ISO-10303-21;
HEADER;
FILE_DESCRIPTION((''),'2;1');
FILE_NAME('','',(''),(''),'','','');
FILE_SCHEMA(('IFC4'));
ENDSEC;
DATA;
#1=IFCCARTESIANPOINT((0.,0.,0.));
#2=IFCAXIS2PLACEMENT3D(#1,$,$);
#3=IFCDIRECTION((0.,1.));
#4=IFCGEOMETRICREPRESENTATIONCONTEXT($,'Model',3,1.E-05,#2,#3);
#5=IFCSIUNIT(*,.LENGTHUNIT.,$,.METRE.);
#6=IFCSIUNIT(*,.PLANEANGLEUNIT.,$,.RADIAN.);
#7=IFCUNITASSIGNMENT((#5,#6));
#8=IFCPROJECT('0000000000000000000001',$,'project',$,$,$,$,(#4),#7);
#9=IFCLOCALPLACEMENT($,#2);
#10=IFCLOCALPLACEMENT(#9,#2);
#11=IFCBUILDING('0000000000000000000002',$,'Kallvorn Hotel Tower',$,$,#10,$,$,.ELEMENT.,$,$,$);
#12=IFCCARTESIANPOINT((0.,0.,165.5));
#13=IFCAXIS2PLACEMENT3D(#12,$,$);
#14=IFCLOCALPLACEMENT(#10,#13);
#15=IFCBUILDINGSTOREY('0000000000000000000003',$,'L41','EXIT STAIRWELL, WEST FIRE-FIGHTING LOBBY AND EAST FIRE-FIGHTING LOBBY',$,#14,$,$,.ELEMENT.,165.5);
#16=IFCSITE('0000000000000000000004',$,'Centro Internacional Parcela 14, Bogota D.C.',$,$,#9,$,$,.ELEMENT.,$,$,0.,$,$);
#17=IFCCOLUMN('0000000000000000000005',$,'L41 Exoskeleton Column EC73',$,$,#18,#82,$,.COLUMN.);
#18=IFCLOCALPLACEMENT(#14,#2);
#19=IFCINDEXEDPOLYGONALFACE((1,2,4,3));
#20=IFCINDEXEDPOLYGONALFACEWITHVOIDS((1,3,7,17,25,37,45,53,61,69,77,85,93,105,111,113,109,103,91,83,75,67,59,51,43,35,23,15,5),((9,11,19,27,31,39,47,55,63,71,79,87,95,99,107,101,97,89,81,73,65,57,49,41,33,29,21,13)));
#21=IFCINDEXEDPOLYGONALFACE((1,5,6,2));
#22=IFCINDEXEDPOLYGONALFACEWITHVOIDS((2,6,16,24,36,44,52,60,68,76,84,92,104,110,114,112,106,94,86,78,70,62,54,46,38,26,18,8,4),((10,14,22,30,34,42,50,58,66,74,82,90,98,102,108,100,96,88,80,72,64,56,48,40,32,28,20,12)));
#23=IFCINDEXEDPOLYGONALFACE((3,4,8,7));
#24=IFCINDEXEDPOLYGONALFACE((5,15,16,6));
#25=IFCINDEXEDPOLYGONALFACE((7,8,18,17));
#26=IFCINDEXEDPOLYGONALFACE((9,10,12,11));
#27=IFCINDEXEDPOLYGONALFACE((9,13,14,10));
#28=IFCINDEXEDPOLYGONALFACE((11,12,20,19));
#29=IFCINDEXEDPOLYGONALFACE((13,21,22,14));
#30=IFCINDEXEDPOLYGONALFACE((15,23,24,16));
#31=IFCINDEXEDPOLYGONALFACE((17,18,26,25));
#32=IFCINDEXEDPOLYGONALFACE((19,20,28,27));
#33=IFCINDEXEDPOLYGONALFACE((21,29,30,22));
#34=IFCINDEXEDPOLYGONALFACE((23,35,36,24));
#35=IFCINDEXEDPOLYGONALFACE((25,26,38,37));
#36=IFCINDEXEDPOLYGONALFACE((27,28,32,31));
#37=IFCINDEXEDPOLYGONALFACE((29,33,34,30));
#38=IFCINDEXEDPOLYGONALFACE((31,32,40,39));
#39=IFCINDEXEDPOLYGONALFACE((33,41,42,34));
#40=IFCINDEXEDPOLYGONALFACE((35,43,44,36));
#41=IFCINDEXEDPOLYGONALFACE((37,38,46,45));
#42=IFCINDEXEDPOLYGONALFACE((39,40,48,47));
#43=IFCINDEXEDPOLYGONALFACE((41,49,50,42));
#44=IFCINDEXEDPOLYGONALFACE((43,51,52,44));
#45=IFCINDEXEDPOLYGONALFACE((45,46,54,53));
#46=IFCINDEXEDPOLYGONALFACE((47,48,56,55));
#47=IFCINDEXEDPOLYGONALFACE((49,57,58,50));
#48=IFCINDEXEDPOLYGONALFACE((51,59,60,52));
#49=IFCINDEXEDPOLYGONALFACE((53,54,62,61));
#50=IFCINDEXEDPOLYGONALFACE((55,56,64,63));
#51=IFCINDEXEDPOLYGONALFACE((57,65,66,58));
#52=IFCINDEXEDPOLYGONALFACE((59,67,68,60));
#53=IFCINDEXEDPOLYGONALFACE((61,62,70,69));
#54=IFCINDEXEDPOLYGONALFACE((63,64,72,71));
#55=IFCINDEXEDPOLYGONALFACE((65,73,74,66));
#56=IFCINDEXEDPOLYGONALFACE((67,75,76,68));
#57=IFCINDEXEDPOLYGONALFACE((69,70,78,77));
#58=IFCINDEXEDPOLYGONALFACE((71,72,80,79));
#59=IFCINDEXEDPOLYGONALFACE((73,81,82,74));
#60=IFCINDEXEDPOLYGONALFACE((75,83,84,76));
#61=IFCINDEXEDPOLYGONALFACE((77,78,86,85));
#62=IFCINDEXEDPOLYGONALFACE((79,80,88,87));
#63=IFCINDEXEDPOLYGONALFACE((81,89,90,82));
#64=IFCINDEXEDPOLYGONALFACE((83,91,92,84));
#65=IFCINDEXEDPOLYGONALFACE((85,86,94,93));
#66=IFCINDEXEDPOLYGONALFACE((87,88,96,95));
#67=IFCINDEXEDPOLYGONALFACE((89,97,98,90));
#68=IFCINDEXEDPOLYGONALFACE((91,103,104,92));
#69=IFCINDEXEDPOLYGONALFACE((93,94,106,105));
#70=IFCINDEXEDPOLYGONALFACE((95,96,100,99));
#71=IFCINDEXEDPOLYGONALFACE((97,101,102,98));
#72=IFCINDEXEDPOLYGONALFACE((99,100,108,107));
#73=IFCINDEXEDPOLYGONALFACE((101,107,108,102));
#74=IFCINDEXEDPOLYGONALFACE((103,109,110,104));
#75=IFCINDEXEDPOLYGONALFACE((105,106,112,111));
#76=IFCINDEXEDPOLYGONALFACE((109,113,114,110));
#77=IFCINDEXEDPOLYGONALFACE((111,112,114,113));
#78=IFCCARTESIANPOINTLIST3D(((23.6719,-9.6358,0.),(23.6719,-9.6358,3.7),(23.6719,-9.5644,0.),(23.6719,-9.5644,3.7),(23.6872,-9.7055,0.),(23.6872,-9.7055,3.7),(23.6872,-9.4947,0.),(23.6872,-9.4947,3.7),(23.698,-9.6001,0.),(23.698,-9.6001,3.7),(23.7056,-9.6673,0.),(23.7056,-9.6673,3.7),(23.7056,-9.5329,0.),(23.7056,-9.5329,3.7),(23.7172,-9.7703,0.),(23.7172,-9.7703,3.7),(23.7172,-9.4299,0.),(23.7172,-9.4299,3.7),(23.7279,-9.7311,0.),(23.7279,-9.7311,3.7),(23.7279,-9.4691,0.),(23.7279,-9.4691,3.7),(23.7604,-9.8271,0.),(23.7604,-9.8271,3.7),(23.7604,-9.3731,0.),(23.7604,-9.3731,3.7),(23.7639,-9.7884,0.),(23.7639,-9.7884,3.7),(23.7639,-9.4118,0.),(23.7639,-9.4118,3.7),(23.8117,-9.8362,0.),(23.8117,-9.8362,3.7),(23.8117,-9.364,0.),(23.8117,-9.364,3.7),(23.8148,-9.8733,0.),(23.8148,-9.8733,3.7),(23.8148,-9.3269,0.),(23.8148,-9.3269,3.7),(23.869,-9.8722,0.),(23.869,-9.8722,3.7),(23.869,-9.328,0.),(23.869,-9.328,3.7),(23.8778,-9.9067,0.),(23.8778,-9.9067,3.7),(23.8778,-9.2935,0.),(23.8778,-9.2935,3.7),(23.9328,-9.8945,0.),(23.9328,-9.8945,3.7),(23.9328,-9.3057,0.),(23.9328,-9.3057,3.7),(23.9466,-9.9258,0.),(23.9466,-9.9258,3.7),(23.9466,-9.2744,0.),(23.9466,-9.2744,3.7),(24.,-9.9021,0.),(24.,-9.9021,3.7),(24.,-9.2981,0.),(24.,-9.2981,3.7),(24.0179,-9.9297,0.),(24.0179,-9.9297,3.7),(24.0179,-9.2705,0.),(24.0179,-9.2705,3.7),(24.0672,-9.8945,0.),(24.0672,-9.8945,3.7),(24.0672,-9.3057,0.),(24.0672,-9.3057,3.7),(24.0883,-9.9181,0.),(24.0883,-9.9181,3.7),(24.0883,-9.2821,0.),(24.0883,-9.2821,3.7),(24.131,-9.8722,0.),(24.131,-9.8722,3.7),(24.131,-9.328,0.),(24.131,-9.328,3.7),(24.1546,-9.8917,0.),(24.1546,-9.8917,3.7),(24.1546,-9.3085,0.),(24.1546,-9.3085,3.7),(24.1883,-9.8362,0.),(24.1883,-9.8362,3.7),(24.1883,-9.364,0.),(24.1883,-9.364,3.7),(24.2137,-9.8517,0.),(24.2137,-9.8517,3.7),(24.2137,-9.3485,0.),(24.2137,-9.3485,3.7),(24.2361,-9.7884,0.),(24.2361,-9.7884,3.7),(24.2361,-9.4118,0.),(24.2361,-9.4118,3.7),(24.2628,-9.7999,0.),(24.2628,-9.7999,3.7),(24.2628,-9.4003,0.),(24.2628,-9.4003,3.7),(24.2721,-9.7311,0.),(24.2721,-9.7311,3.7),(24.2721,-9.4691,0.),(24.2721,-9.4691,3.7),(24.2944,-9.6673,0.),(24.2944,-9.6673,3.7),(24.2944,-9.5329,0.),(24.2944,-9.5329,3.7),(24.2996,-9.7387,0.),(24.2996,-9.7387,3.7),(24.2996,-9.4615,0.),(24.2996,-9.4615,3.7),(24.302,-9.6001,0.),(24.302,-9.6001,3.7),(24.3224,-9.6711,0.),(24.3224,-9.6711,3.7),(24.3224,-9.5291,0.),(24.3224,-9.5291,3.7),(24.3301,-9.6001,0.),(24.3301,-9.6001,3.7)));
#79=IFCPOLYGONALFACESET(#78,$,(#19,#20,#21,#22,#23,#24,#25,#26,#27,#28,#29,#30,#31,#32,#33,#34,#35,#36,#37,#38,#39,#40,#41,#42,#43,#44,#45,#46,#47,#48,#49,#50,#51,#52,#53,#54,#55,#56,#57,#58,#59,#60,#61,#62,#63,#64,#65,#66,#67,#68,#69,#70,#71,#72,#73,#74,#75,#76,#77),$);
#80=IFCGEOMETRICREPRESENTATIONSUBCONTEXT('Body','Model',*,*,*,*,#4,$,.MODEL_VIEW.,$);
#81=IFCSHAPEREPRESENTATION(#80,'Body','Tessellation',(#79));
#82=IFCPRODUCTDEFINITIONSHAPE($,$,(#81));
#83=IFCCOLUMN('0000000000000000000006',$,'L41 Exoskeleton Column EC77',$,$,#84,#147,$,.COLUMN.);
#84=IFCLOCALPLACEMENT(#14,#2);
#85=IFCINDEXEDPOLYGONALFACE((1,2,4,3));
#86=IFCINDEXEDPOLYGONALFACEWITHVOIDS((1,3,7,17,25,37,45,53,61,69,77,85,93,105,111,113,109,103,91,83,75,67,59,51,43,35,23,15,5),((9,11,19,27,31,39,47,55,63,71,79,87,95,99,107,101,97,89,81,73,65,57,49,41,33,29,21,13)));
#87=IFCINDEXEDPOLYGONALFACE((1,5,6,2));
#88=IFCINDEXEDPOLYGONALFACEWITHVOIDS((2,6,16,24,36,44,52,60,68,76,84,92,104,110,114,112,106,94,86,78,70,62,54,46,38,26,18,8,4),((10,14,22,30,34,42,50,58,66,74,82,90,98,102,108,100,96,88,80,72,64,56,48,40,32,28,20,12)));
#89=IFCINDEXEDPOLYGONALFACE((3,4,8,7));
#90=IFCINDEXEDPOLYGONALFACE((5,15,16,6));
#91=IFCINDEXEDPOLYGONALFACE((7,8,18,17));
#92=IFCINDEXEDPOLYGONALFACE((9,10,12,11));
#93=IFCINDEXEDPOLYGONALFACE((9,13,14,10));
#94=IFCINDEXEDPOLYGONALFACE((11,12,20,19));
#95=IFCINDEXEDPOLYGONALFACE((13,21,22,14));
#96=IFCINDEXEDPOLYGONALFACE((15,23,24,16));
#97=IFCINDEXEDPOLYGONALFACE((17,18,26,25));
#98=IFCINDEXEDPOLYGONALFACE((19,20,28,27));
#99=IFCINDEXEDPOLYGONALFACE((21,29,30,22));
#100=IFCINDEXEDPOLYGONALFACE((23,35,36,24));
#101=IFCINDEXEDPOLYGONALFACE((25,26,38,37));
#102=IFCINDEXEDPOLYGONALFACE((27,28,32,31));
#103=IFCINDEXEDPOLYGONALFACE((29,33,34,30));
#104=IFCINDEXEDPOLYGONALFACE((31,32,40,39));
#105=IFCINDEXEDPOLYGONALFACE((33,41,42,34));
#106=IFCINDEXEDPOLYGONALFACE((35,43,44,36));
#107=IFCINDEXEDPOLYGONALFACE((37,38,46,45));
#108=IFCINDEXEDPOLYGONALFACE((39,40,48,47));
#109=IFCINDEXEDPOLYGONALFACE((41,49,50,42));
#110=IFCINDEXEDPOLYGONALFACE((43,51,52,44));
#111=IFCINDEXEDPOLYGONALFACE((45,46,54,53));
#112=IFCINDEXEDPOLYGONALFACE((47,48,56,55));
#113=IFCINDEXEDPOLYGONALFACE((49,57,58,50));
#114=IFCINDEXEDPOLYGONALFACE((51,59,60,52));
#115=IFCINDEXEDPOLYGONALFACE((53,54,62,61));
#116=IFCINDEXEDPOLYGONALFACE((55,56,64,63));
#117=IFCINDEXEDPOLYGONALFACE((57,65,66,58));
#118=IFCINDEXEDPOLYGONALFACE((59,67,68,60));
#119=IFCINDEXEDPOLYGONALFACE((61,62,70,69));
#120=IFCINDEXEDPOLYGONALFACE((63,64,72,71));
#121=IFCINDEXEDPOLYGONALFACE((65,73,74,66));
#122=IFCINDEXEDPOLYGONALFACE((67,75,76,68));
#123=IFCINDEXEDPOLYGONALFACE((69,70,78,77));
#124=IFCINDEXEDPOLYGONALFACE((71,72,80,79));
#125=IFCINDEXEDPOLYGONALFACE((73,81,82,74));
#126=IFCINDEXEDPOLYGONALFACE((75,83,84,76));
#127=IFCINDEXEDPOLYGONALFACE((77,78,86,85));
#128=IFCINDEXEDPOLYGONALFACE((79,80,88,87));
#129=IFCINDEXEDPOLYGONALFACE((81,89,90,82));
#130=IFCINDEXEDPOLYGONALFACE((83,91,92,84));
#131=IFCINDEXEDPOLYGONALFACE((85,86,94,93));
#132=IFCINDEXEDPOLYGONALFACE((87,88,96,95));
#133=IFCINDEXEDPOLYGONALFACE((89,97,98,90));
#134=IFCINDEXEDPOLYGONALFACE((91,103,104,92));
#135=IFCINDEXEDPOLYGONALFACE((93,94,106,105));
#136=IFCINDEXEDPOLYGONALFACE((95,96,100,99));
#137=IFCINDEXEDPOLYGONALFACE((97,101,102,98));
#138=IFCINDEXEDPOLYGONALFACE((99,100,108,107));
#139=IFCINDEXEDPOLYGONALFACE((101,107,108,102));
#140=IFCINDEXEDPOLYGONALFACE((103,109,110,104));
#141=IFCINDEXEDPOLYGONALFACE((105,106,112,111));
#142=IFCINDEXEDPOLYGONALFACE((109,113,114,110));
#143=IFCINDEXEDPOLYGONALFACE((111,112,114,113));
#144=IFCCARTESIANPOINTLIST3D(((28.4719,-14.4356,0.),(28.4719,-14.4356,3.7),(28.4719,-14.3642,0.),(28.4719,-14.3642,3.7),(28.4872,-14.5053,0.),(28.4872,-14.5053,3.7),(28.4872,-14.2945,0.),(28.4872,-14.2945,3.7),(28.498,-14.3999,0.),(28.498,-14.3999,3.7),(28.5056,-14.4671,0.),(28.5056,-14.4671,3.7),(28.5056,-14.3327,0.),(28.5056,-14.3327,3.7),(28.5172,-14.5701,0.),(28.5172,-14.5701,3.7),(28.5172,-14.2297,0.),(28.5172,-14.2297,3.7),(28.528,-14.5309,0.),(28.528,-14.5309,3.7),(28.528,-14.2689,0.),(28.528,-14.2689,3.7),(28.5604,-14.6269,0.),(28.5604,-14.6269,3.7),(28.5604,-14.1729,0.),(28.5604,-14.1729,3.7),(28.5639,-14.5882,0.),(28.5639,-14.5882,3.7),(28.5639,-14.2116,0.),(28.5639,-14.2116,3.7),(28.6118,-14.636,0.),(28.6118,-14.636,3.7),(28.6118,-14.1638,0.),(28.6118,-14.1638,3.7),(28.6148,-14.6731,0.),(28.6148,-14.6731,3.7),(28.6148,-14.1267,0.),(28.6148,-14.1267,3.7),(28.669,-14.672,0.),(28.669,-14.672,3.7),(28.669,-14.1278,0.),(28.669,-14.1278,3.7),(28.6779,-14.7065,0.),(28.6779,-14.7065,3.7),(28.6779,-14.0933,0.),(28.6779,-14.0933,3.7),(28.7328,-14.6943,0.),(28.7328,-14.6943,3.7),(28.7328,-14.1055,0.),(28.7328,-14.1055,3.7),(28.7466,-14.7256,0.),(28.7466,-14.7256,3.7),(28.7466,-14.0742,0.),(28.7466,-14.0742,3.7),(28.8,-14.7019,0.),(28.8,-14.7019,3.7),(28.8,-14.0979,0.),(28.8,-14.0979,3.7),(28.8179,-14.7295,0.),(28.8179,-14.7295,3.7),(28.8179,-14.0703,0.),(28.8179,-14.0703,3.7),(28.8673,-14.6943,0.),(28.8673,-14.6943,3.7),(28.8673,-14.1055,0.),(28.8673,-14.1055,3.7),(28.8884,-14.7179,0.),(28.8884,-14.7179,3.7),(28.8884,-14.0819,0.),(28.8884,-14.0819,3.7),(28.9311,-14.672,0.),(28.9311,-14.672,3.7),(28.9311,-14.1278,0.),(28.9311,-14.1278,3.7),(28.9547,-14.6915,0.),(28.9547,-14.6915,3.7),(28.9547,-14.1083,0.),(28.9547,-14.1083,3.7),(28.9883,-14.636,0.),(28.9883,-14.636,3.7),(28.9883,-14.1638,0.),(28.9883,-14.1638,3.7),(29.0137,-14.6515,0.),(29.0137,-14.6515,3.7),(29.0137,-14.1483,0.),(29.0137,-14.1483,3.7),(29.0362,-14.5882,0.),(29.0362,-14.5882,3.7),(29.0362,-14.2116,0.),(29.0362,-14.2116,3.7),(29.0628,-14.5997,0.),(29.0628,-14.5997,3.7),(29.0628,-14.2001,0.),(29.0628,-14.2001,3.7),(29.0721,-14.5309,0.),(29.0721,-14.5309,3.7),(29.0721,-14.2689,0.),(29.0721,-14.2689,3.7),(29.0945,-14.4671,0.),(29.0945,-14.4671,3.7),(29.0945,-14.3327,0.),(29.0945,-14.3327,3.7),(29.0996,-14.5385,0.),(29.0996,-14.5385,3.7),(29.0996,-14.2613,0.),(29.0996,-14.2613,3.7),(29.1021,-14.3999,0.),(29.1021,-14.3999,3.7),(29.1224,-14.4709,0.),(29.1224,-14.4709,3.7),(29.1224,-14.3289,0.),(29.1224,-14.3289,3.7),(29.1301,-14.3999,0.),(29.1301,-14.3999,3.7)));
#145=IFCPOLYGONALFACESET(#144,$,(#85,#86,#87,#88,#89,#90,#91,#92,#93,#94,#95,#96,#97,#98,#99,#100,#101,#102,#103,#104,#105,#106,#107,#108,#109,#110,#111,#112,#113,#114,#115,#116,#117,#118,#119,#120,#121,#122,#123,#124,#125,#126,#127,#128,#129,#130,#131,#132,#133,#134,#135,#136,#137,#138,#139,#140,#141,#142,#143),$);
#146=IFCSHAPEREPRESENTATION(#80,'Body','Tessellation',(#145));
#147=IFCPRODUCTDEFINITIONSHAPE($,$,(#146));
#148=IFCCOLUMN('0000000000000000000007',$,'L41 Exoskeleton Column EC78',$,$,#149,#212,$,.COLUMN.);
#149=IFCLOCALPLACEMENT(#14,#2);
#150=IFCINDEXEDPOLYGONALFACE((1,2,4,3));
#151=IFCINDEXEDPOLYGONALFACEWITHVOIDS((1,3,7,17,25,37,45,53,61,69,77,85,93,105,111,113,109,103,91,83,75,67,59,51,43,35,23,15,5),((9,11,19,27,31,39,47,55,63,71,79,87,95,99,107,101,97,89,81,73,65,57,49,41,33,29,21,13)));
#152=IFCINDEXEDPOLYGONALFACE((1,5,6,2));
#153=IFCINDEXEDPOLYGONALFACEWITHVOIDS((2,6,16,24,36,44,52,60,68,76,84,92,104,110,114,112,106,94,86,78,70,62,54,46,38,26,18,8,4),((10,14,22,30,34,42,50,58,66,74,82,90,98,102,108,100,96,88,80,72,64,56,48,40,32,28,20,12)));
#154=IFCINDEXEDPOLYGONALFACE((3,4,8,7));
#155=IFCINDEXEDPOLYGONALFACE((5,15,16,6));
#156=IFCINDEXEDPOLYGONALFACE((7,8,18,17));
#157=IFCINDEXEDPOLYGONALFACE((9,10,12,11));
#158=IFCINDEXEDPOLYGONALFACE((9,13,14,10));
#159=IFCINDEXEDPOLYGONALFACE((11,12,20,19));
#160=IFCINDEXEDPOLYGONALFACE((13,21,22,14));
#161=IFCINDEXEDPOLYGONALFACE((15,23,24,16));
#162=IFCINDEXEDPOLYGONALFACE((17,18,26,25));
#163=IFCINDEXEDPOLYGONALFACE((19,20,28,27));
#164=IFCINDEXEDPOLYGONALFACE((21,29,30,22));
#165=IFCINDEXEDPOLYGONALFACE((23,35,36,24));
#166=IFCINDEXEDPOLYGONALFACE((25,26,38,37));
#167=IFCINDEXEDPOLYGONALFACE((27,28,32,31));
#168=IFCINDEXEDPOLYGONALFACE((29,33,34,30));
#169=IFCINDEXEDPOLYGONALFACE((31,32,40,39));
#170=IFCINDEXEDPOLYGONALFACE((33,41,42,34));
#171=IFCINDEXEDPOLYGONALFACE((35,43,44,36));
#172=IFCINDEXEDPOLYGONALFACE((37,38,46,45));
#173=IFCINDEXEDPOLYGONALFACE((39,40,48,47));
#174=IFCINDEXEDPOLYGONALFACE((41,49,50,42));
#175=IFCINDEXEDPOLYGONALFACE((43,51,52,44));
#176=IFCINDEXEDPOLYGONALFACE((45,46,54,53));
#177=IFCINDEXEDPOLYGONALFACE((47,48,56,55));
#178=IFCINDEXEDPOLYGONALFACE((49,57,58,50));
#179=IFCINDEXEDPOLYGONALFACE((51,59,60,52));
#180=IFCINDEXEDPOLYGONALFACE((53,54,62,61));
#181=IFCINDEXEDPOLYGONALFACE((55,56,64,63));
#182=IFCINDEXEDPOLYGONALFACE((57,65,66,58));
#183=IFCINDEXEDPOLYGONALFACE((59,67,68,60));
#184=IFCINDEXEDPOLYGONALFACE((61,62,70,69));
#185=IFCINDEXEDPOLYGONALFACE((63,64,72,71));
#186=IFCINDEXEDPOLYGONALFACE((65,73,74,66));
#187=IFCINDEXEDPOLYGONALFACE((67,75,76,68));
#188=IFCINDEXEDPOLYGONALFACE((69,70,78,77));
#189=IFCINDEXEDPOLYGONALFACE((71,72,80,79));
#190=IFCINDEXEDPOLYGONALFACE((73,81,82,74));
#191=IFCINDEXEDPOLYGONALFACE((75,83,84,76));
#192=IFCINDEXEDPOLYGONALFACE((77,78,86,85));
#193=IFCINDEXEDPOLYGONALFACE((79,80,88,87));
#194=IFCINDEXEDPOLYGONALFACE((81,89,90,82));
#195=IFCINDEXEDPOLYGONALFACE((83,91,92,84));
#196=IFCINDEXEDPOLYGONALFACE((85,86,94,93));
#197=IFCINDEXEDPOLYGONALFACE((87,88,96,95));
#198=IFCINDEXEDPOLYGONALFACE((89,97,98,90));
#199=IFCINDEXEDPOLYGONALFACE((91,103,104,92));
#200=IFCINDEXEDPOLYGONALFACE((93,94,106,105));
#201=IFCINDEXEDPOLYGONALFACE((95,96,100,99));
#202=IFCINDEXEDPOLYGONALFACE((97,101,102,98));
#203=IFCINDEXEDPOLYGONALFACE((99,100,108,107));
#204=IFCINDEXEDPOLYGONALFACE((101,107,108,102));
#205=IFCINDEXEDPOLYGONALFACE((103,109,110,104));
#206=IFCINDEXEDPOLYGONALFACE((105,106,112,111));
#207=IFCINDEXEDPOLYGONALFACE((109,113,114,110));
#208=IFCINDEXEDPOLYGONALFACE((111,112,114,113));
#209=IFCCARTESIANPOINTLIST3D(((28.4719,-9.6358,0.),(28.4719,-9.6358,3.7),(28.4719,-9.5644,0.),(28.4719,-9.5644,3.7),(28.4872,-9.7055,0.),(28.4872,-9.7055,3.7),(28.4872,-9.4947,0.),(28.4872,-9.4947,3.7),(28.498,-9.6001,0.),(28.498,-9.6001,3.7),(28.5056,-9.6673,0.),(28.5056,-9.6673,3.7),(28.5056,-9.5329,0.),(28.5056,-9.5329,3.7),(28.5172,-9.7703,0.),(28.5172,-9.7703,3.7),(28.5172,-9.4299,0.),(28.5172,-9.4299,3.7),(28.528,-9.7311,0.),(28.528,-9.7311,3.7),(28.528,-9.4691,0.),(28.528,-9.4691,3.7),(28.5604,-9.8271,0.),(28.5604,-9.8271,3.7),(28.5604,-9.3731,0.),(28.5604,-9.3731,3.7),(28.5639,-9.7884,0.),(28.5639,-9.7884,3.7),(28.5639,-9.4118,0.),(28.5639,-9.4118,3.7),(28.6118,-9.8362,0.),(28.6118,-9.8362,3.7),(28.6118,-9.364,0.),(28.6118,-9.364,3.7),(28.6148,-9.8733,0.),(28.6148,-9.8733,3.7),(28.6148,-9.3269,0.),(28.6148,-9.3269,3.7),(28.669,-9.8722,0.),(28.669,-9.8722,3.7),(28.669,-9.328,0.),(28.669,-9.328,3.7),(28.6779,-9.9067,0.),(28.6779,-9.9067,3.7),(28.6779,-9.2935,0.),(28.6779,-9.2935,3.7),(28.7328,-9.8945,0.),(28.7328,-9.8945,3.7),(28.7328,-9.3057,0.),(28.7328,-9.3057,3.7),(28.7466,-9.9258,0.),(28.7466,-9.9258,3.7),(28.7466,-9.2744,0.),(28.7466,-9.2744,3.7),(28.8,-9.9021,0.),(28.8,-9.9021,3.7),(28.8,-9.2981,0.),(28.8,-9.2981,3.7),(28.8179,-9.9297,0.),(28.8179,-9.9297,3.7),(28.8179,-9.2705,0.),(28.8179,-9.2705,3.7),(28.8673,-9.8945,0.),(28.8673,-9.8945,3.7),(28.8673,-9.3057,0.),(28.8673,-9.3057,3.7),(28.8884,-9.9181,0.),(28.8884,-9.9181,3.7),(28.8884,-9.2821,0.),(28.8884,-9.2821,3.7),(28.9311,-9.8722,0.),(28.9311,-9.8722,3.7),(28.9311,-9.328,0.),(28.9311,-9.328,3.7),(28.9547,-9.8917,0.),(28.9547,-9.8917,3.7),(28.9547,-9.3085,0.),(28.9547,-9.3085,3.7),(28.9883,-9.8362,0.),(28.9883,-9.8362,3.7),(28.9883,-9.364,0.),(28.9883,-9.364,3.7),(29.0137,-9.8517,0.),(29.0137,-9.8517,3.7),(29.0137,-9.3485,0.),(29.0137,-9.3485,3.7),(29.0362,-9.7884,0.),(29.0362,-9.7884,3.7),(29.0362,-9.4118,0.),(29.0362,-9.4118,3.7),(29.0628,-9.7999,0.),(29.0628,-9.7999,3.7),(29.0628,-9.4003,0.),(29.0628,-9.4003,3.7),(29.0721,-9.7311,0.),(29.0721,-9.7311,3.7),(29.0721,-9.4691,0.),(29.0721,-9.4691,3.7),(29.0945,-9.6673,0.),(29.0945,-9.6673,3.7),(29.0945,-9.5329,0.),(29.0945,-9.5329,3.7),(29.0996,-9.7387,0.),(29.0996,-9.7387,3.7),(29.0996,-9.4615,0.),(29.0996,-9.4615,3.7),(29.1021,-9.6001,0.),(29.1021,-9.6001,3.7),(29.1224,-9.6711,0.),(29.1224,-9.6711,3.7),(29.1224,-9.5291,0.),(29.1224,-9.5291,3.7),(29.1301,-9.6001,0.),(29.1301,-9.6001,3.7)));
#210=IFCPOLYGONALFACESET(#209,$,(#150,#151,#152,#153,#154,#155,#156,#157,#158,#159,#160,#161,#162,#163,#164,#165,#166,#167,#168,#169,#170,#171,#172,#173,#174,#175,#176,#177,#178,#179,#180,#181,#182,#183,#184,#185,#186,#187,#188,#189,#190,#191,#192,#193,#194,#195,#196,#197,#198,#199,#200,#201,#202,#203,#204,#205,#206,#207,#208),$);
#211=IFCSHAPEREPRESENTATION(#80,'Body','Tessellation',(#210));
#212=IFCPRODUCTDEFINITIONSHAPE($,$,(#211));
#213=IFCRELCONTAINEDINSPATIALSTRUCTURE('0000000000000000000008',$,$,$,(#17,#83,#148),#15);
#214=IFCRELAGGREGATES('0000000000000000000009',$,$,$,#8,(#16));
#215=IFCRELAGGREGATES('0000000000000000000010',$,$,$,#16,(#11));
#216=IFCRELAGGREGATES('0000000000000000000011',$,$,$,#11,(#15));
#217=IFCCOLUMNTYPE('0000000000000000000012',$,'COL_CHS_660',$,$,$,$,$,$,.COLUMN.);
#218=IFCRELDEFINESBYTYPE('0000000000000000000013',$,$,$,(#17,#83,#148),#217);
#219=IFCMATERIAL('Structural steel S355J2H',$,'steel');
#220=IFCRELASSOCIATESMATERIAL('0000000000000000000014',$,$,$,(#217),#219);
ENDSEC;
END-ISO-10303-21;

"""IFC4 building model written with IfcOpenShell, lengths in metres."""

from ifc_helpers import new_model, si_unit, direction, frame, origin, origin_2d, place, context, subcontext, project, spatial, hollow_circle, extrude, material, material_profile, profile_set, type_object, element, save


model = new_model("IFC4")

# Units and contexts
model_context = context("Model", 3, precision=1e-05, world=origin(), true_north=direction((0.0, 1.0)))
body_context = subcontext(model_context, "Body", "Model", "MODEL_VIEW")
ifc_project = project(units=[si_unit("LENGTHUNIT", "METRE"), si_unit("PLANEANGLEUNIT", "RADIAN")], contexts=[model_context])

# Site, building, storey
site_placement = place(None, origin())
site = spatial("IfcSite", under=ifc_project, at=site_placement, Name="Centro Internacional Parcela 14, Bogota D.C.", CompositionType="ELEMENT", RefElevation=0.0)
building_placement = place(site_placement, origin())
building = spatial("IfcBuilding", under=site, at=building_placement, Name="Kallvorn Hotel Tower", CompositionType="ELEMENT")
storey_placement = place(building_placement, frame((0.0, 0.0, 165.5)))
storey = spatial("IfcBuildingStorey", under=building, at=storey_placement, Name="L41", Description="EXIT STAIRWELL, WEST FIRE-FIGHTING LOBBY AND EAST FIRE-FIGHTING LOBBY", CompositionType="ELEMENT", Elevation=165.5)

# Columns
ifc_material_1 = material(Name="Structural steel S355J2H", Category="steel")
ifc_material_profile_1 = material_profile(ifc_material_1, hollow_circle(Radius=0.3301, WallThickness=0.0281, at=origin_2d()), Name="CHS 660x28")
ifc_profile_set_1 = profile_set([ifc_material_profile_1], Name="Structural steel S355J2H")
column_type_1 = type_object("IfcColumnType", Name="COL_CHS_660", PredefinedType="COLUMN", material=ifc_profile_set_1)
for number, where, z_axis, x_axis, name in (
    (1, (24.0, -9.6001, 0.0), (0.0, 0.0, 1.0), (1.0, 0.0, 0.0), "L41 Exoskeleton Column EC73"),
    (2, (28.8, -14.3999, 0.0), (0.0, 0.0, 1.0), (1.0, 0.0, 0.0), "L41 Exoskeleton Column EC77"),
    (3, (28.8, -9.6001, 0.0), (0.0, 0.0, 1.0), (1.0, 0.0, 0.0), "L41 Exoskeleton Column EC78"),
):
    element("IfcColumn", number, at=place(storey_placement, frame(where, z_axis=z_axis, x_axis=x_axis)), inside=storey, type_object=column_type_1, Name=name, PredefinedType="COLUMN", context=body_context, shape_type="SweptSolid", body=[
        extrude(hollow_circle(Radius=0.3301, WallThickness=0.0281, at=origin_2d()), origin(), (0.0, 0.0, 1.0), 3.7),
    ])

save(model, "model.ifc")
